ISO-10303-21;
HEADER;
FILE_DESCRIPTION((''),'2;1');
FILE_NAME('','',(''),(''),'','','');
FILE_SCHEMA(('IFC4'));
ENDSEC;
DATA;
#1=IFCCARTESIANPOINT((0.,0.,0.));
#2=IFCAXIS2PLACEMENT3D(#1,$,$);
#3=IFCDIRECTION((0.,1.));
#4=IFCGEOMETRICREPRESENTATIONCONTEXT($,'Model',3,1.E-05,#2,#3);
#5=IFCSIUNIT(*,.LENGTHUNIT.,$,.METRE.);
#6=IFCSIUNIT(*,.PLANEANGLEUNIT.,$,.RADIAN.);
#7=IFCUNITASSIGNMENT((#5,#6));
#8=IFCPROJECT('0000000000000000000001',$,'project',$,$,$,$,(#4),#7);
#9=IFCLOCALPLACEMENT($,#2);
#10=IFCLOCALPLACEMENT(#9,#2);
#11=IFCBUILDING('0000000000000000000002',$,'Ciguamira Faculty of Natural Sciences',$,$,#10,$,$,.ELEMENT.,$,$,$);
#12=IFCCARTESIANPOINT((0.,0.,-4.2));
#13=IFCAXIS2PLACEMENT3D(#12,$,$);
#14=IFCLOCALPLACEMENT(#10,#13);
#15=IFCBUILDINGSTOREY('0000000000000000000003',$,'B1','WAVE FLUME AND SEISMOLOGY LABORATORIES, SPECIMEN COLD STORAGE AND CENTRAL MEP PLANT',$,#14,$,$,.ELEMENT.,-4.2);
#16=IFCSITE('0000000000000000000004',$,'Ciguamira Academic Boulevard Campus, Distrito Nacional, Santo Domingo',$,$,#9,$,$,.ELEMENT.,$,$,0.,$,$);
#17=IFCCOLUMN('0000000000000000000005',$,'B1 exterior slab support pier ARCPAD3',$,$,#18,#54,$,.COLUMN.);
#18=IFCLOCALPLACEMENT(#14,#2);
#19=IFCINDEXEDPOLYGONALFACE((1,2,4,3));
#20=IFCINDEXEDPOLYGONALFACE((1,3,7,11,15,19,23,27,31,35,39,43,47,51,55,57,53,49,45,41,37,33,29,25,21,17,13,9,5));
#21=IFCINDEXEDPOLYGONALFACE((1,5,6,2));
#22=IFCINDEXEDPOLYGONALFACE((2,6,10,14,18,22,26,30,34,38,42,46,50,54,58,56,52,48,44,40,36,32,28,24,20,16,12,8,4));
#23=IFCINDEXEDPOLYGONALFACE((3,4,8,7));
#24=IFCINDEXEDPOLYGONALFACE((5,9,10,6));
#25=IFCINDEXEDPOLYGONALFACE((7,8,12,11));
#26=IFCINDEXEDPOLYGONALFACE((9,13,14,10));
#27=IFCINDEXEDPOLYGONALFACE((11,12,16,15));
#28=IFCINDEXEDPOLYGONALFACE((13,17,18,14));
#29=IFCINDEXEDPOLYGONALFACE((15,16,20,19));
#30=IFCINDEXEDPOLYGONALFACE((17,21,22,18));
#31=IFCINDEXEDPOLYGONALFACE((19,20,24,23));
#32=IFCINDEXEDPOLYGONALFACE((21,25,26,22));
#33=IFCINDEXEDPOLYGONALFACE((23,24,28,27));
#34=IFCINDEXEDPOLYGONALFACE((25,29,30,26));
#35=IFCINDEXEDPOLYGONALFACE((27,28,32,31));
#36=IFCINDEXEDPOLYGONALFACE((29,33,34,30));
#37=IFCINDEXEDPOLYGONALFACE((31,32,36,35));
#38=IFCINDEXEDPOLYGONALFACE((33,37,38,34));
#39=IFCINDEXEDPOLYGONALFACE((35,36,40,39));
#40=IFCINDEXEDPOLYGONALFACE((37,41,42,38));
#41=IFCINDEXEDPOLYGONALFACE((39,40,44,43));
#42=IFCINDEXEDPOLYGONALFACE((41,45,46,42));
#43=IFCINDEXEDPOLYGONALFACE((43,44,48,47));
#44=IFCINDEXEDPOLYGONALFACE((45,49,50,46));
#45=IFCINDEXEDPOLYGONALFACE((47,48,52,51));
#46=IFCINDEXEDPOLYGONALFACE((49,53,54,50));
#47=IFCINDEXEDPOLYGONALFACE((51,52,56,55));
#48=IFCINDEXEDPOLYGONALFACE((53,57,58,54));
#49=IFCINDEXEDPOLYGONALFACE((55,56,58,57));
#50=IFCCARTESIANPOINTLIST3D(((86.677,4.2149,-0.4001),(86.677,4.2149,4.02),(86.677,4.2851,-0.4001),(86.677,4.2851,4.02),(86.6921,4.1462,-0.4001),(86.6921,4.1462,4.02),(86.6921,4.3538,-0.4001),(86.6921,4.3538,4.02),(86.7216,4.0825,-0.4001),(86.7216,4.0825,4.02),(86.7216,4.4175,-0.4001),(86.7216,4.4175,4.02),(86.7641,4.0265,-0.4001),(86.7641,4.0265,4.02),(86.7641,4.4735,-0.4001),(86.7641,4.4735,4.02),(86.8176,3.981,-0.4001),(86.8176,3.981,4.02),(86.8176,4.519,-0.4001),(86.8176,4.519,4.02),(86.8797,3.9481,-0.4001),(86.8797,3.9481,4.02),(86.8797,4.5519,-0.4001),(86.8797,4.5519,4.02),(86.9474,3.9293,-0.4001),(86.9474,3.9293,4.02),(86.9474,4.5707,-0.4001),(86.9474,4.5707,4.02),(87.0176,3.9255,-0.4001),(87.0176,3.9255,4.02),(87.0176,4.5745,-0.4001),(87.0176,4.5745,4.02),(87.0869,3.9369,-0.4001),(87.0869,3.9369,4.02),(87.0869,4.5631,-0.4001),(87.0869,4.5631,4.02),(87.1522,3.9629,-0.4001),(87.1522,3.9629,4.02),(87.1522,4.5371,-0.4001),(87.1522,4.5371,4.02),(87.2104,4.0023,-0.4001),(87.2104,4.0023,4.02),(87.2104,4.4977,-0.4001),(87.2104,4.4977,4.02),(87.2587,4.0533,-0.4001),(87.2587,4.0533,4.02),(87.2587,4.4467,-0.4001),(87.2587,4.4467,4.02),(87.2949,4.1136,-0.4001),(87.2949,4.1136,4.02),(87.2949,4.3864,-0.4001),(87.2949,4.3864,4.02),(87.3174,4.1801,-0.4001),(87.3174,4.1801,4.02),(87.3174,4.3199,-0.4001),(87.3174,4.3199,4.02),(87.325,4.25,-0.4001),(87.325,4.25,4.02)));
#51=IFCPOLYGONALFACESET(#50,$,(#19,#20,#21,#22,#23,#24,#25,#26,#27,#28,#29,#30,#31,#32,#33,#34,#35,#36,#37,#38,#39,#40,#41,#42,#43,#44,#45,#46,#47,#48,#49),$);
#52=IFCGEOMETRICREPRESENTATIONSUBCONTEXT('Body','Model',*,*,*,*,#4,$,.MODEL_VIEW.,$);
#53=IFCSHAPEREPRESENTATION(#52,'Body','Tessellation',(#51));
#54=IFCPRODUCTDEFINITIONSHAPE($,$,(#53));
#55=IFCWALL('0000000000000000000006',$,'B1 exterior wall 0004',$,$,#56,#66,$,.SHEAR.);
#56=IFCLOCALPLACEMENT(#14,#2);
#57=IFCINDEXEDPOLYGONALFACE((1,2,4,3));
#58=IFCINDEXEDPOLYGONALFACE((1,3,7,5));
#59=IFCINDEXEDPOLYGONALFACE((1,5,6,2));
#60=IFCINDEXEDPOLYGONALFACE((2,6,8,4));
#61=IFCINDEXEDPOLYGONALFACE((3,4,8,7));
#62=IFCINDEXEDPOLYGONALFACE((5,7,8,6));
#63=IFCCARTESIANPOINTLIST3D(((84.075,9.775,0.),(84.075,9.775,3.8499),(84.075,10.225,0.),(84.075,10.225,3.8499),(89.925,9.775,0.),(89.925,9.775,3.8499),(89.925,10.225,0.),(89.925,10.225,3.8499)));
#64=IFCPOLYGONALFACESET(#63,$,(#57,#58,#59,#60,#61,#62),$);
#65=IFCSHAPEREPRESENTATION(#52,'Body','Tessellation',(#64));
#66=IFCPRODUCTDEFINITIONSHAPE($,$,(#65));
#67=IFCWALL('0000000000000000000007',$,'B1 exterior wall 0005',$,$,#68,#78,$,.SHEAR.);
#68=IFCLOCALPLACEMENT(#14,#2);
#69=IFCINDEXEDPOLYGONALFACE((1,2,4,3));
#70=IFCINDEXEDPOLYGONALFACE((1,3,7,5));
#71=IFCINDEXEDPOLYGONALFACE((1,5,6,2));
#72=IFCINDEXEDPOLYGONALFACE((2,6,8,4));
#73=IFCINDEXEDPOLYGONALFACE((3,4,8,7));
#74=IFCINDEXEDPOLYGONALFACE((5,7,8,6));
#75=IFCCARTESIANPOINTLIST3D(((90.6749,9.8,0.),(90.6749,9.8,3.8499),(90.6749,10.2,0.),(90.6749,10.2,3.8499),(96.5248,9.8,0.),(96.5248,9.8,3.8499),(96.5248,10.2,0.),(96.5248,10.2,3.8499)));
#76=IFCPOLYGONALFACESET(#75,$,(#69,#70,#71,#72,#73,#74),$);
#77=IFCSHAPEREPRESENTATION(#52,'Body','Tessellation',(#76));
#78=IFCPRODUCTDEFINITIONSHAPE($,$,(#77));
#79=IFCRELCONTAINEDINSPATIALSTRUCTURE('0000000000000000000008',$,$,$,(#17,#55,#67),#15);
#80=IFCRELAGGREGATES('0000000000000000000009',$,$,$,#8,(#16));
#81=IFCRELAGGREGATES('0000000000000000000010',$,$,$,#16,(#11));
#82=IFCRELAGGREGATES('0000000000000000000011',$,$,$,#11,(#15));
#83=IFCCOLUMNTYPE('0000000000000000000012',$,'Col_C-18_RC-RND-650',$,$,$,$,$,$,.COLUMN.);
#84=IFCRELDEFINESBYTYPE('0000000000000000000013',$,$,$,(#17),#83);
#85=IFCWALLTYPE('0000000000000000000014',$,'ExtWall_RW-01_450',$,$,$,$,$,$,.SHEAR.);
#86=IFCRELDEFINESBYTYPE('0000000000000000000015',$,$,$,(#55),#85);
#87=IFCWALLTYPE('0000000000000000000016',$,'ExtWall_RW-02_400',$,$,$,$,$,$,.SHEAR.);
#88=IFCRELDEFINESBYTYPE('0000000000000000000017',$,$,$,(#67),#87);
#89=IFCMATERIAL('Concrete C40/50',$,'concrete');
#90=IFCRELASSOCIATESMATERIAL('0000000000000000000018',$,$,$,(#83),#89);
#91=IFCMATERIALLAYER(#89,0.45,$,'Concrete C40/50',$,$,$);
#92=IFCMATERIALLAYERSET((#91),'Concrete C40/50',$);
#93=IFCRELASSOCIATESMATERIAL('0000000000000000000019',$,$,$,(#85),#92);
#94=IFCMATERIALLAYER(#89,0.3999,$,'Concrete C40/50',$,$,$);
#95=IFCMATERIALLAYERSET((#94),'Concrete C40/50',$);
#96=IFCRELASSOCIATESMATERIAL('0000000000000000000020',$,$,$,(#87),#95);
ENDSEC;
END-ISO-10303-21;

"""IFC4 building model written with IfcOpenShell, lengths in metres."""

from ifc_helpers import new_model, si_unit, direction, frame, frame_2d, origin, origin_2d, place, context, subcontext, project, spatial, rectangle, circle, extrude, material, layer, layer_set, material_profile, profile_set, type_object, element, save


model = new_model("IFC4")

# Units and contexts
model_context = context("Model", 3, precision=1e-05, world=origin(), true_north=direction((0.0, 1.0)))
body_context = subcontext(model_context, "Body", "Model", "MODEL_VIEW")
ifc_project = project(units=[si_unit("LENGTHUNIT", "METRE"), si_unit("PLANEANGLEUNIT", "RADIAN")], contexts=[model_context])

# Site, building, storey
site_placement = place(None, origin())
site = spatial("IfcSite", under=ifc_project, at=site_placement, Name="Ciguamira Academic Boulevard Campus, Distrito Nacional, Santo Domingo", CompositionType="ELEMENT", RefElevation=0.0)
building_placement = place(site_placement, origin())
building = spatial("IfcBuilding", under=site, at=building_placement, Name="Ciguamira Faculty of Natural Sciences", CompositionType="ELEMENT")
storey_placement = place(building_placement, frame((0.0, 0.0, -4.2)))
storey = spatial("IfcBuildingStorey", under=building, at=storey_placement, Name="B1", Description="WAVE FLUME AND SEISMOLOGY LABORATORIES, SPECIMEN COLD STORAGE AND CENTRAL MEP PLANT", CompositionType="ELEMENT", Elevation=-4.2)

# Column
ifc_material_1 = material(Name="Concrete C40/50", Category="concrete")
ifc_material_profile_1 = material_profile(ifc_material_1, circle(Radius=0.325, at=origin_2d()), Name="RC-RND-650")
ifc_profile_set_1 = profile_set([ifc_material_profile_1], Name="Concrete C40/50")
column_type_1 = type_object("IfcColumnType", Name="Col_C-18_RC-RND-650", PredefinedType="COLUMN", material=ifc_profile_set_1)
for number, where, z_axis, x_axis, name in (
    (1, (87.0, 4.25, -0.4001), (0.0, 0.0, 1.0), (1.0, 0.0, 0.0), "B1 exterior slab support pier ARCPAD3"),
):
    element("IfcColumn", number, at=place(storey_placement, frame(where, z_axis=z_axis, x_axis=x_axis)), inside=storey, type_object=column_type_1, Name=name, PredefinedType="COLUMN", context=body_context, shape_type="SweptSolid", body=[
        extrude(circle(Radius=0.325, at=origin_2d()), origin(), (0.0, 0.0, 1.0), 4.4202),
    ])

# Walls
ifc_layer_1 = layer(ifc_material_1, 0.45, Name="Concrete C40/50")
ifc_layer_set_1 = layer_set([ifc_layer_1], Name="Concrete C40/50")
wall_type_1 = type_object("IfcWallType", Name="ExtWall_RW-01_450", PredefinedType="SHEAR", material=ifc_layer_set_1)
wall_1_placement = place(storey_placement, frame((84.075, 10.0, 0.0), z_axis=(0.0, 0.0, 1.0), x_axis=(1.0, 0.0, 0.0)))
element("IfcWall", 2, at=wall_1_placement, inside=storey, type_object=wall_type_1, Name="B1 exterior wall 0004", PredefinedType="SHEAR", context=body_context, shape_type="SweptSolid", body=[
    extrude(rectangle(XDim=5.8501, YDim=0.45, at=frame_2d((2.925, 0.0))), origin(), (0.0, 0.0, 1.0), 3.8499),
])
ifc_layer_2 = layer(ifc_material_1, 0.3999, Name="Concrete C40/50")
ifc_layer_set_2 = layer_set([ifc_layer_2], Name="Concrete C40/50")
wall_type_2 = type_object("IfcWallType", Name="ExtWall_RW-02_400", PredefinedType="SHEAR", material=ifc_layer_set_2)
wall_2_placement = place(storey_placement, frame((90.675, 10.0, 0.0), z_axis=(0.0, 0.0, 1.0), x_axis=(1.0, 0.0, 0.0)))
element("IfcWall", 3, at=wall_2_placement, inside=storey, type_object=wall_type_2, Name="B1 exterior wall 0005", PredefinedType="SHEAR", context=body_context, shape_type="SweptSolid", body=[
    extrude(rectangle(XDim=5.8499, YDim=0.3999, at=frame_2d((2.9248, 0.0))), origin(), (0.0, 0.0, 1.0), 3.8499),
])

save(model, "model.ifc")
